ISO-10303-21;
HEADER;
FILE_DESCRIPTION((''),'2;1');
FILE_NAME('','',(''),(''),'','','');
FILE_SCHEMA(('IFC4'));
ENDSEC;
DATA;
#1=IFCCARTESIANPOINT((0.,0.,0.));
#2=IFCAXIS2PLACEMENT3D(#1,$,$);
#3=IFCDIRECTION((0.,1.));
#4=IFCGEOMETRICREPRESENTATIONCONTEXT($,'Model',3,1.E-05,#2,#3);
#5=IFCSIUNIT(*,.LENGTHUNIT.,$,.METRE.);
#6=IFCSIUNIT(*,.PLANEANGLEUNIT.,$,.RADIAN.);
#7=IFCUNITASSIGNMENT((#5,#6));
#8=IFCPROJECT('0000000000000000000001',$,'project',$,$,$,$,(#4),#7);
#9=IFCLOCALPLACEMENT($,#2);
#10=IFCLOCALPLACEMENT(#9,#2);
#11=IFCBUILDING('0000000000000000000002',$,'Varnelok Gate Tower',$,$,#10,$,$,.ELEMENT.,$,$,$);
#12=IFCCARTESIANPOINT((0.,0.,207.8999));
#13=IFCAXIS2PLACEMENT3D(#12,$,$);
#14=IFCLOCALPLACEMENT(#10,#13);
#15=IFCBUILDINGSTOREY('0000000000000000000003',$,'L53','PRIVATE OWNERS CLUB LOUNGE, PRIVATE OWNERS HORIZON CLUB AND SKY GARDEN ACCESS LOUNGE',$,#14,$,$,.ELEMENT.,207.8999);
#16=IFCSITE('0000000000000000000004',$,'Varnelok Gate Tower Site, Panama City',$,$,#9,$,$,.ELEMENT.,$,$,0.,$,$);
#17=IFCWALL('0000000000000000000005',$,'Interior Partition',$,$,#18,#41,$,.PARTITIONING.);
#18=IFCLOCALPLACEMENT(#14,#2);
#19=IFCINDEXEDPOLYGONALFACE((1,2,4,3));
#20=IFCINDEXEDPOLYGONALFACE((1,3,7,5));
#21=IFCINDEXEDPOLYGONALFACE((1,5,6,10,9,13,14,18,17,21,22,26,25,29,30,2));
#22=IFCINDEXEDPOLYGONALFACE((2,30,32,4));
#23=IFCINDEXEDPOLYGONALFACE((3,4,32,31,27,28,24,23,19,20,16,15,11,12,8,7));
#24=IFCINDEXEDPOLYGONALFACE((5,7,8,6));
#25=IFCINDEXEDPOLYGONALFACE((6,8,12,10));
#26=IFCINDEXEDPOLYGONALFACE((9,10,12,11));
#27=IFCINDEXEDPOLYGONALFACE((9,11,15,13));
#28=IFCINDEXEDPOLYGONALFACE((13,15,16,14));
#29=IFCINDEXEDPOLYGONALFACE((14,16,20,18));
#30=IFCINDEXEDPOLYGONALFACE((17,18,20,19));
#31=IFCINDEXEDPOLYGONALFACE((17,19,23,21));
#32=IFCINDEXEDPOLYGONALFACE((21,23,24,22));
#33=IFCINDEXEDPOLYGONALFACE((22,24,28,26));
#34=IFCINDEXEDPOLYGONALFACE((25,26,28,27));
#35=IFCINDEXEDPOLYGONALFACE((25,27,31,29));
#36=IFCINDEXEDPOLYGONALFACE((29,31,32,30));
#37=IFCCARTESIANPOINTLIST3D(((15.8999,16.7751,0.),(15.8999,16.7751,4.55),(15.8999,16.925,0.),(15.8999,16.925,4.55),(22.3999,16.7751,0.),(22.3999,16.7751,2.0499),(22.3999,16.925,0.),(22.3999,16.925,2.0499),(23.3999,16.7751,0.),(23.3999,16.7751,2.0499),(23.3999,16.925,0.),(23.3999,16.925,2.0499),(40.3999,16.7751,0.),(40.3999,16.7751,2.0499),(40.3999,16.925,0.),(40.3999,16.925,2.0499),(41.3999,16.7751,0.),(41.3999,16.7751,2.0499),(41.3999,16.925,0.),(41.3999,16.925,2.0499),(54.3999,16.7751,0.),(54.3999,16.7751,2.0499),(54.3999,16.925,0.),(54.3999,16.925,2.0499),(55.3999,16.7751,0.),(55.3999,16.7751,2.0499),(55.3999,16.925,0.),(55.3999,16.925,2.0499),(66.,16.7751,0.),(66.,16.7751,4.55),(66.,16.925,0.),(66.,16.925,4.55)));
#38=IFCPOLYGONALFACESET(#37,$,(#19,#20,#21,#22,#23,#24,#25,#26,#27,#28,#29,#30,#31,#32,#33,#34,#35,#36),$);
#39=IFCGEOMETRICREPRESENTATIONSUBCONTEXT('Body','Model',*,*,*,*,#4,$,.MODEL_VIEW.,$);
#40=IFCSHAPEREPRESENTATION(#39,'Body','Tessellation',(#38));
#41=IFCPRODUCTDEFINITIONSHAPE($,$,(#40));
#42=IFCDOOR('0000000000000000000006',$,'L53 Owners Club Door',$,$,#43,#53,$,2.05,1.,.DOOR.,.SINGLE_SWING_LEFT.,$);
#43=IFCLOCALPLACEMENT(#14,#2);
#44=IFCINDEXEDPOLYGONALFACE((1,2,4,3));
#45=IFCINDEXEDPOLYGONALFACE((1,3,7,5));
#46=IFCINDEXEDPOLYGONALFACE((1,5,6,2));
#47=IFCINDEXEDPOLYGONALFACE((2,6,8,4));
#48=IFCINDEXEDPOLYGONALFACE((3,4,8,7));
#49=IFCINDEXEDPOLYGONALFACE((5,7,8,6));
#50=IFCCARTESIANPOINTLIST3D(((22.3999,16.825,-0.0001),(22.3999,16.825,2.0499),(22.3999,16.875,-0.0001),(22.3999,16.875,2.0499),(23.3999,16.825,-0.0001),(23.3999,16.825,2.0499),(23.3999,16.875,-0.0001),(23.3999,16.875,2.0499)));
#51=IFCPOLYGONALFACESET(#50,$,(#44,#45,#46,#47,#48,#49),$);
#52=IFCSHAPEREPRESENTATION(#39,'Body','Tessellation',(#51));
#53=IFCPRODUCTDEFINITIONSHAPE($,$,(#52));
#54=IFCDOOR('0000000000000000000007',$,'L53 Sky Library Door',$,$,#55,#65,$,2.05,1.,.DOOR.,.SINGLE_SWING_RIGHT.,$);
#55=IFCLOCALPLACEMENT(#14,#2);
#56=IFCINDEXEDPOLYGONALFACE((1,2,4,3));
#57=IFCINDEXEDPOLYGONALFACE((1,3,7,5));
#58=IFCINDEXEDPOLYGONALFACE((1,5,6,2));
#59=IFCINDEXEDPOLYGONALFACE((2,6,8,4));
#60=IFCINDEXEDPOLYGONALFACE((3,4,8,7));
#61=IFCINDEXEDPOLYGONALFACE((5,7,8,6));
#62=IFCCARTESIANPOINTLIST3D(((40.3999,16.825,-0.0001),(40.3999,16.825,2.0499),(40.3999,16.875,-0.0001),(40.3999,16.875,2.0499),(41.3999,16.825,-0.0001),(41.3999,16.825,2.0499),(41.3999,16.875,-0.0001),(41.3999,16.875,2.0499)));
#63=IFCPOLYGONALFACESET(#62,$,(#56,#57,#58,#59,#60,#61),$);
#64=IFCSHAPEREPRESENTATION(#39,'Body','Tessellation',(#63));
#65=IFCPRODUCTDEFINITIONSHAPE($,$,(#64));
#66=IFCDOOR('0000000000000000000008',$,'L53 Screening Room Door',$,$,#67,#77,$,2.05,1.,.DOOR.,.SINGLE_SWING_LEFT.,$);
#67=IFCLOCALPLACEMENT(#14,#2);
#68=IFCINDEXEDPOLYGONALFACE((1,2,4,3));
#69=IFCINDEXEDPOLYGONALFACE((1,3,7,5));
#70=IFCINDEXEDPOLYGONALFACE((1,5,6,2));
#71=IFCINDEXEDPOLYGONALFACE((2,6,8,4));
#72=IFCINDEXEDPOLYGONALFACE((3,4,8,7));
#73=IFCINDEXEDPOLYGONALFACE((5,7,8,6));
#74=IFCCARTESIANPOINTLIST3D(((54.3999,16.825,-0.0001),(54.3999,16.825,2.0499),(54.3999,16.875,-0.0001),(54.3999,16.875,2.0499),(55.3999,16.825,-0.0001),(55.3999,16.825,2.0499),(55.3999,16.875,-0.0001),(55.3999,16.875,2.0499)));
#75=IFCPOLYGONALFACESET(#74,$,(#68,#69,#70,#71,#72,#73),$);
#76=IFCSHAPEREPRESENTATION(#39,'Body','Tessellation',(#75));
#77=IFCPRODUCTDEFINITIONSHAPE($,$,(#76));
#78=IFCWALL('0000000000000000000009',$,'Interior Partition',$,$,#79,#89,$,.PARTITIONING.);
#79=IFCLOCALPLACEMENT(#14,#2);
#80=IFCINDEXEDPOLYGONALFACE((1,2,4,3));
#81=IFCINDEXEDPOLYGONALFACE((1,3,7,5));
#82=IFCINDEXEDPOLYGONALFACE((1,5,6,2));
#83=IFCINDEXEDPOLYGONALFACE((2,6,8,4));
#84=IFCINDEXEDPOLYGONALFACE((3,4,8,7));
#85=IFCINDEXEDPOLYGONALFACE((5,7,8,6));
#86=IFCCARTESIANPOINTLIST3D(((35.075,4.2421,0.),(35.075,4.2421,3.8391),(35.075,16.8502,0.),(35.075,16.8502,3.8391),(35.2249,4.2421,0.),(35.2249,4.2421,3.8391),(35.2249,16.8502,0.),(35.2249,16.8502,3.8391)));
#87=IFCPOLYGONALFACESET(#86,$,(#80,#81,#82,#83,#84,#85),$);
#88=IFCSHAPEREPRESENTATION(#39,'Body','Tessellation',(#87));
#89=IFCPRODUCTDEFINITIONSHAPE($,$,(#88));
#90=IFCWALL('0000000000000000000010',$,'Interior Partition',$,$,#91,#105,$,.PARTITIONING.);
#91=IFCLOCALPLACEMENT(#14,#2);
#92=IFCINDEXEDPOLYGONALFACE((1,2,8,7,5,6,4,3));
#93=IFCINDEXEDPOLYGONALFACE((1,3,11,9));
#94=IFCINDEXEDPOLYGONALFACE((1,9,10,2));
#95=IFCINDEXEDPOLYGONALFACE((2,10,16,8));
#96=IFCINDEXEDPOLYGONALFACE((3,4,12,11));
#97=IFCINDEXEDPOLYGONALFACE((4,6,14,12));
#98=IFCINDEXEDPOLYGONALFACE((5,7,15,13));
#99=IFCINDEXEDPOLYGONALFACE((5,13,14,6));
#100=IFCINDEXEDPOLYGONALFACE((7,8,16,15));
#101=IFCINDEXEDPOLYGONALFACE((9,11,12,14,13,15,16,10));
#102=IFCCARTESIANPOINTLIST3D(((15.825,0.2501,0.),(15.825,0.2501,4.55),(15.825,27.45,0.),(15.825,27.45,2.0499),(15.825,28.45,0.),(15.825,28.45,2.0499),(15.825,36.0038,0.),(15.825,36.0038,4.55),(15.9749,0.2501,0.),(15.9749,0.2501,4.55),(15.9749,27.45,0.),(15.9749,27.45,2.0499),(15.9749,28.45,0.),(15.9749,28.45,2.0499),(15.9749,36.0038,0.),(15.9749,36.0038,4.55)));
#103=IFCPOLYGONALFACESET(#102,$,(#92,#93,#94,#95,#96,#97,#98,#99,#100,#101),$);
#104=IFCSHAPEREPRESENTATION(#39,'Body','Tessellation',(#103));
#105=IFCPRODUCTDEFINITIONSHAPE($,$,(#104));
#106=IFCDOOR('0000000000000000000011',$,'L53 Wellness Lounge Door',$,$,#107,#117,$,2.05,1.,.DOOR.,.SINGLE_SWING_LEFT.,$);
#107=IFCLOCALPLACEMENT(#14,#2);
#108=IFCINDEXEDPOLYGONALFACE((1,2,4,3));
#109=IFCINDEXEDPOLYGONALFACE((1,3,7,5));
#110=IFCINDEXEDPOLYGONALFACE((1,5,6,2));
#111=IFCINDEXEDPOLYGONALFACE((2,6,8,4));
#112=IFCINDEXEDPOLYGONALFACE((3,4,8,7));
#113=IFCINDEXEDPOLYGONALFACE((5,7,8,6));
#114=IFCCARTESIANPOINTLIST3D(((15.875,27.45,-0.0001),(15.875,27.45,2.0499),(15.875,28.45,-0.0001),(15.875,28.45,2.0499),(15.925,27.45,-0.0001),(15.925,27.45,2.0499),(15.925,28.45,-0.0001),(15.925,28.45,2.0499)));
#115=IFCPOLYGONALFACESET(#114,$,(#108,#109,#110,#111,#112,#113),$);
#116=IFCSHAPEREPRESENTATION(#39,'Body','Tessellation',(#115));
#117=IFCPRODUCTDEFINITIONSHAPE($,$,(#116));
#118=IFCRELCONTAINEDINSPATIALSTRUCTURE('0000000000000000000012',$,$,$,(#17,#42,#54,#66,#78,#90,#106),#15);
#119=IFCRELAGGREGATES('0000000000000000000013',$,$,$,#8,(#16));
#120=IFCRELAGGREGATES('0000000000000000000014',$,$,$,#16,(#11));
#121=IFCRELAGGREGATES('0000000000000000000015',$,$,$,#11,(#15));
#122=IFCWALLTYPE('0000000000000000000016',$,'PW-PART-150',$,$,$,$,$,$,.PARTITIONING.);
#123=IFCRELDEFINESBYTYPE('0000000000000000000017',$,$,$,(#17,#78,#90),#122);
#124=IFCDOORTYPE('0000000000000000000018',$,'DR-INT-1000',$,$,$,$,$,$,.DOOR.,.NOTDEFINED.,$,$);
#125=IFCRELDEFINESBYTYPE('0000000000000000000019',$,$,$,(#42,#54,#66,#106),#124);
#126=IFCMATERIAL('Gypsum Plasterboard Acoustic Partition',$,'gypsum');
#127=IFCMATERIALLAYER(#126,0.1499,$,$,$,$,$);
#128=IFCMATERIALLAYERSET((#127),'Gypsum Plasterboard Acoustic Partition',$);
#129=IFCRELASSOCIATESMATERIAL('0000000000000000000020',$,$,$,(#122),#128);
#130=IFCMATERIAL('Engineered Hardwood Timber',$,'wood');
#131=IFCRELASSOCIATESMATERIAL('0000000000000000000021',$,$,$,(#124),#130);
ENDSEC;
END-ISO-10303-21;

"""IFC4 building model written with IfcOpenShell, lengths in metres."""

from ifc_helpers import new_model, si_unit, direction, frame, frame_2d, origin, place, context, subcontext, project, spatial, rectangle, extrude, material, layer, layer_set, type_object, element, fill, save


model = new_model("IFC4")

# Units and contexts
model_context = context("Model", 3, precision=1e-05, world=origin(), true_north=direction((0.0, 1.0)))
body_context = subcontext(model_context, "Body", "Model", "MODEL_VIEW")
ifc_project = project(units=[si_unit("LENGTHUNIT", "METRE"), si_unit("PLANEANGLEUNIT", "RADIAN")], contexts=[model_context])

# Site, building, storey
site_placement = place(None, origin())
site = spatial("IfcSite", under=ifc_project, at=site_placement, Name="Varnelok Gate Tower Site, Panama City", CompositionType="ELEMENT", RefElevation=0.0)
building_placement = place(site_placement, origin())
building = spatial("IfcBuilding", under=site, at=building_placement, Name="Varnelok Gate Tower", CompositionType="ELEMENT")
storey_placement = place(building_placement, frame((0.0, 0.0, 207.8999)))
storey = spatial("IfcBuildingStorey", under=building, at=storey_placement, Name="L53", Description="PRIVATE OWNERS CLUB LOUNGE, PRIVATE OWNERS HORIZON CLUB AND SKY GARDEN ACCESS LOUNGE", CompositionType="ELEMENT", Elevation=207.8999)

# Wall, openings, doors
ifc_material_1 = material(Name="Gypsum Plasterboard Acoustic Partition", Category="gypsum")
ifc_layer_1 = layer(ifc_material_1, 0.1499)
ifc_layer_set_1 = layer_set([ifc_layer_1], Name="Gypsum Plasterboard Acoustic Partition")
wall_type_1 = type_object("IfcWallType", Name="PW-PART-150", PredefinedType="PARTITIONING", material=ifc_layer_set_1)
wall_1_placement = place(storey_placement, frame((15.8999, 16.8501, 0.0), z_axis=(0.0, 0.0, 1.0), x_axis=(1.0, 0.0, 0.0)))
wall_1 = element("IfcWall", 1, at=wall_1_placement, inside=storey, type_object=wall_type_1, Name="Interior Partition", PredefinedType="PARTITIONING", context=body_context, shape_type="SweptSolid", body=[
    extrude(rectangle(XDim=50.1001, YDim=0.1499, at=frame_2d((25.05, 0.0))), origin(), (0.0, 0.0, 1.0), 4.55),
])
opening_1_placement = place(wall_1_placement, frame((6.5, 0.0, 0.0)))
opening_1 = element("IfcOpeningElement", 2, at=opening_1_placement, cuts=wall_1, PredefinedType="OPENING", context=body_context, shape_type="SweptSolid", body=[
    extrude(rectangle(XDim=1.0, YDim=2.05, at=frame_2d((0.5, 1.0249))), frame((0.0, 0.085, 0.0), z_axis=(0.0, -1.0, 0.0), x_axis=(1.0, 0.0, 0.0)), (0.0, 0.0, 1.0), 0.1699),
])
opening_2_placement = place(wall_1_placement, frame((24.5, 0.0, 0.0)))
opening_2 = element("IfcOpeningElement", 3, at=opening_2_placement, cuts=wall_1, PredefinedType="OPENING", context=body_context, shape_type="SweptSolid", body=[
    extrude(rectangle(XDim=1.0, YDim=2.05, at=frame_2d((0.5, 1.0249))), frame((0.0, 0.085, 0.0), z_axis=(0.0, -1.0, 0.0), x_axis=(1.0, 0.0, 0.0)), (0.0, 0.0, 1.0), 0.1699),
])
opening_3_placement = place(wall_1_placement, frame((38.5, 0.0, 0.0)))
opening_3 = element("IfcOpeningElement", 4, at=opening_3_placement, cuts=wall_1, PredefinedType="OPENING", context=body_context, shape_type="SweptSolid", body=[
    extrude(rectangle(XDim=1.0, YDim=2.05, at=frame_2d((0.5, 1.0249))), frame((0.0, 0.085, 0.0), z_axis=(0.0, -1.0, 0.0), x_axis=(1.0, 0.0, 0.0)), (0.0, 0.0, 1.0), 0.1699),
])
ifc_material_2 = material(Name="Engineered Hardwood Timber", Category="wood")
door_type = type_object("IfcDoorType", Name="DR-INT-1000", OperationType="NOTDEFINED", PredefinedType="DOOR", material=ifc_material_2)
door_1_placement = place(opening_1_placement, origin())
door_1 = element("IfcDoor", 5, at=door_1_placement, inside=storey, type_object=door_type, Name="L53 Owners Club Door", OperationType="SINGLE_SWING_LEFT", OverallHeight=2.05, OverallWidth=1.0, PredefinedType="DOOR", context=body_context, shape_type="SweptSolid", body=[
    extrude(rectangle(XDim=1.0, YDim=2.05, at=frame_2d((0.5, 1.0249))), frame((0.0, 0.0249, 0.0), z_axis=(0.0, -1.0, 0.0), x_axis=(1.0, 0.0, 0.0)), (0.0, 0.0, 1.0), 0.05),
])
fill(opening_1, door_1)
door_2_placement = place(opening_2_placement, origin())
door_2 = element("IfcDoor", 6, at=door_2_placement, inside=storey, type_object=door_type, Name="L53 Sky Library Door", OperationType="SINGLE_SWING_RIGHT", OverallHeight=2.05, OverallWidth=1.0, PredefinedType="DOOR", context=body_context, shape_type="SweptSolid", body=[
    extrude(rectangle(XDim=1.0, YDim=2.05, at=frame_2d((0.5, 1.0249))), frame((0.0, 0.0249, 0.0), z_axis=(0.0, -1.0, 0.0), x_axis=(1.0, 0.0, 0.0)), (0.0, 0.0, 1.0), 0.05),
])
fill(opening_2, door_2)
door_3_placement = place(opening_3_placement, origin())
door_3 = element("IfcDoor", 7, at=door_3_placement, inside=storey, type_object=door_type, Name="L53 Screening Room Door", OperationType="SINGLE_SWING_LEFT", OverallHeight=2.05, OverallWidth=1.0, PredefinedType="DOOR", context=body_context, shape_type="SweptSolid", body=[
    extrude(rectangle(XDim=1.0, YDim=2.05, at=frame_2d((0.5, 1.0249))), frame((0.0, 0.0249, 0.0), z_axis=(0.0, -1.0, 0.0), x_axis=(1.0, 0.0, 0.0)), (0.0, 0.0, 1.0), 0.05),
])
fill(opening_3, door_3)

# Wall
wall_2_placement = place(storey_placement, frame((35.1499, 4.2419, 0.0), z_axis=(0.0, 0.0, 1.0), x_axis=(0.0, 1.0, 0.0)))
element("IfcWall", 8, at=wall_2_placement, inside=storey, type_object=wall_type_1, Name="Interior Partition", PredefinedType="PARTITIONING", context=body_context, shape_type="SweptSolid", body=[
    extrude(rectangle(XDim=12.6082, YDim=0.1499, at=frame_2d((6.3042, 0.0))), origin(), (0.0, 0.0, 1.0), 3.8391),
])

# Wall, opening, door
wall_3_placement = place(storey_placement, frame((15.8999, 0.25, 0.0), z_axis=(0.0, 0.0, 1.0), x_axis=(0.0, 1.0, 0.0)))
wall_3 = element("IfcWall", 9, at=wall_3_placement, inside=storey, type_object=wall_type_1, Name="Interior Partition", PredefinedType="PARTITIONING", context=body_context, shape_type="SweptSolid", body=[
    extrude(rectangle(XDim=35.7537, YDim=0.1499, at=frame_2d((17.877, 0.0))), origin(), (0.0, 0.0, 1.0), 4.55),
])
opening_4_placement = place(wall_3_placement, frame((27.2, 0.0, 0.0)))
opening_4 = element("IfcOpeningElement", 10, at=opening_4_placement, cuts=wall_3, PredefinedType="OPENING", context=body_context, shape_type="SweptSolid", body=[
    extrude(rectangle(XDim=1.0, YDim=2.05, at=frame_2d((0.5, 1.0249))), frame((0.0, 0.085, 0.0), z_axis=(0.0, -1.0, 0.0), x_axis=(1.0, 0.0, 0.0)), (0.0, 0.0, 1.0), 0.1699),
])
door_4_placement = place(opening_4_placement, origin())
door_4 = element("IfcDoor", 11, at=door_4_placement, inside=storey, type_object=door_type, Name="L53 Wellness Lounge Door", OperationType="SINGLE_SWING_LEFT", OverallHeight=2.05, OverallWidth=1.0, PredefinedType="DOOR", context=body_context, shape_type="SweptSolid", body=[
    extrude(rectangle(XDim=1.0, YDim=2.05, at=frame_2d((0.5, 1.0249))), frame((0.0, 0.0249, 0.0), z_axis=(0.0, -1.0, 0.0), x_axis=(1.0, 0.0, 0.0)), (0.0, 0.0, 1.0), 0.05),
])
fill(opening_4, door_4)

save(model, "model.ifc")
